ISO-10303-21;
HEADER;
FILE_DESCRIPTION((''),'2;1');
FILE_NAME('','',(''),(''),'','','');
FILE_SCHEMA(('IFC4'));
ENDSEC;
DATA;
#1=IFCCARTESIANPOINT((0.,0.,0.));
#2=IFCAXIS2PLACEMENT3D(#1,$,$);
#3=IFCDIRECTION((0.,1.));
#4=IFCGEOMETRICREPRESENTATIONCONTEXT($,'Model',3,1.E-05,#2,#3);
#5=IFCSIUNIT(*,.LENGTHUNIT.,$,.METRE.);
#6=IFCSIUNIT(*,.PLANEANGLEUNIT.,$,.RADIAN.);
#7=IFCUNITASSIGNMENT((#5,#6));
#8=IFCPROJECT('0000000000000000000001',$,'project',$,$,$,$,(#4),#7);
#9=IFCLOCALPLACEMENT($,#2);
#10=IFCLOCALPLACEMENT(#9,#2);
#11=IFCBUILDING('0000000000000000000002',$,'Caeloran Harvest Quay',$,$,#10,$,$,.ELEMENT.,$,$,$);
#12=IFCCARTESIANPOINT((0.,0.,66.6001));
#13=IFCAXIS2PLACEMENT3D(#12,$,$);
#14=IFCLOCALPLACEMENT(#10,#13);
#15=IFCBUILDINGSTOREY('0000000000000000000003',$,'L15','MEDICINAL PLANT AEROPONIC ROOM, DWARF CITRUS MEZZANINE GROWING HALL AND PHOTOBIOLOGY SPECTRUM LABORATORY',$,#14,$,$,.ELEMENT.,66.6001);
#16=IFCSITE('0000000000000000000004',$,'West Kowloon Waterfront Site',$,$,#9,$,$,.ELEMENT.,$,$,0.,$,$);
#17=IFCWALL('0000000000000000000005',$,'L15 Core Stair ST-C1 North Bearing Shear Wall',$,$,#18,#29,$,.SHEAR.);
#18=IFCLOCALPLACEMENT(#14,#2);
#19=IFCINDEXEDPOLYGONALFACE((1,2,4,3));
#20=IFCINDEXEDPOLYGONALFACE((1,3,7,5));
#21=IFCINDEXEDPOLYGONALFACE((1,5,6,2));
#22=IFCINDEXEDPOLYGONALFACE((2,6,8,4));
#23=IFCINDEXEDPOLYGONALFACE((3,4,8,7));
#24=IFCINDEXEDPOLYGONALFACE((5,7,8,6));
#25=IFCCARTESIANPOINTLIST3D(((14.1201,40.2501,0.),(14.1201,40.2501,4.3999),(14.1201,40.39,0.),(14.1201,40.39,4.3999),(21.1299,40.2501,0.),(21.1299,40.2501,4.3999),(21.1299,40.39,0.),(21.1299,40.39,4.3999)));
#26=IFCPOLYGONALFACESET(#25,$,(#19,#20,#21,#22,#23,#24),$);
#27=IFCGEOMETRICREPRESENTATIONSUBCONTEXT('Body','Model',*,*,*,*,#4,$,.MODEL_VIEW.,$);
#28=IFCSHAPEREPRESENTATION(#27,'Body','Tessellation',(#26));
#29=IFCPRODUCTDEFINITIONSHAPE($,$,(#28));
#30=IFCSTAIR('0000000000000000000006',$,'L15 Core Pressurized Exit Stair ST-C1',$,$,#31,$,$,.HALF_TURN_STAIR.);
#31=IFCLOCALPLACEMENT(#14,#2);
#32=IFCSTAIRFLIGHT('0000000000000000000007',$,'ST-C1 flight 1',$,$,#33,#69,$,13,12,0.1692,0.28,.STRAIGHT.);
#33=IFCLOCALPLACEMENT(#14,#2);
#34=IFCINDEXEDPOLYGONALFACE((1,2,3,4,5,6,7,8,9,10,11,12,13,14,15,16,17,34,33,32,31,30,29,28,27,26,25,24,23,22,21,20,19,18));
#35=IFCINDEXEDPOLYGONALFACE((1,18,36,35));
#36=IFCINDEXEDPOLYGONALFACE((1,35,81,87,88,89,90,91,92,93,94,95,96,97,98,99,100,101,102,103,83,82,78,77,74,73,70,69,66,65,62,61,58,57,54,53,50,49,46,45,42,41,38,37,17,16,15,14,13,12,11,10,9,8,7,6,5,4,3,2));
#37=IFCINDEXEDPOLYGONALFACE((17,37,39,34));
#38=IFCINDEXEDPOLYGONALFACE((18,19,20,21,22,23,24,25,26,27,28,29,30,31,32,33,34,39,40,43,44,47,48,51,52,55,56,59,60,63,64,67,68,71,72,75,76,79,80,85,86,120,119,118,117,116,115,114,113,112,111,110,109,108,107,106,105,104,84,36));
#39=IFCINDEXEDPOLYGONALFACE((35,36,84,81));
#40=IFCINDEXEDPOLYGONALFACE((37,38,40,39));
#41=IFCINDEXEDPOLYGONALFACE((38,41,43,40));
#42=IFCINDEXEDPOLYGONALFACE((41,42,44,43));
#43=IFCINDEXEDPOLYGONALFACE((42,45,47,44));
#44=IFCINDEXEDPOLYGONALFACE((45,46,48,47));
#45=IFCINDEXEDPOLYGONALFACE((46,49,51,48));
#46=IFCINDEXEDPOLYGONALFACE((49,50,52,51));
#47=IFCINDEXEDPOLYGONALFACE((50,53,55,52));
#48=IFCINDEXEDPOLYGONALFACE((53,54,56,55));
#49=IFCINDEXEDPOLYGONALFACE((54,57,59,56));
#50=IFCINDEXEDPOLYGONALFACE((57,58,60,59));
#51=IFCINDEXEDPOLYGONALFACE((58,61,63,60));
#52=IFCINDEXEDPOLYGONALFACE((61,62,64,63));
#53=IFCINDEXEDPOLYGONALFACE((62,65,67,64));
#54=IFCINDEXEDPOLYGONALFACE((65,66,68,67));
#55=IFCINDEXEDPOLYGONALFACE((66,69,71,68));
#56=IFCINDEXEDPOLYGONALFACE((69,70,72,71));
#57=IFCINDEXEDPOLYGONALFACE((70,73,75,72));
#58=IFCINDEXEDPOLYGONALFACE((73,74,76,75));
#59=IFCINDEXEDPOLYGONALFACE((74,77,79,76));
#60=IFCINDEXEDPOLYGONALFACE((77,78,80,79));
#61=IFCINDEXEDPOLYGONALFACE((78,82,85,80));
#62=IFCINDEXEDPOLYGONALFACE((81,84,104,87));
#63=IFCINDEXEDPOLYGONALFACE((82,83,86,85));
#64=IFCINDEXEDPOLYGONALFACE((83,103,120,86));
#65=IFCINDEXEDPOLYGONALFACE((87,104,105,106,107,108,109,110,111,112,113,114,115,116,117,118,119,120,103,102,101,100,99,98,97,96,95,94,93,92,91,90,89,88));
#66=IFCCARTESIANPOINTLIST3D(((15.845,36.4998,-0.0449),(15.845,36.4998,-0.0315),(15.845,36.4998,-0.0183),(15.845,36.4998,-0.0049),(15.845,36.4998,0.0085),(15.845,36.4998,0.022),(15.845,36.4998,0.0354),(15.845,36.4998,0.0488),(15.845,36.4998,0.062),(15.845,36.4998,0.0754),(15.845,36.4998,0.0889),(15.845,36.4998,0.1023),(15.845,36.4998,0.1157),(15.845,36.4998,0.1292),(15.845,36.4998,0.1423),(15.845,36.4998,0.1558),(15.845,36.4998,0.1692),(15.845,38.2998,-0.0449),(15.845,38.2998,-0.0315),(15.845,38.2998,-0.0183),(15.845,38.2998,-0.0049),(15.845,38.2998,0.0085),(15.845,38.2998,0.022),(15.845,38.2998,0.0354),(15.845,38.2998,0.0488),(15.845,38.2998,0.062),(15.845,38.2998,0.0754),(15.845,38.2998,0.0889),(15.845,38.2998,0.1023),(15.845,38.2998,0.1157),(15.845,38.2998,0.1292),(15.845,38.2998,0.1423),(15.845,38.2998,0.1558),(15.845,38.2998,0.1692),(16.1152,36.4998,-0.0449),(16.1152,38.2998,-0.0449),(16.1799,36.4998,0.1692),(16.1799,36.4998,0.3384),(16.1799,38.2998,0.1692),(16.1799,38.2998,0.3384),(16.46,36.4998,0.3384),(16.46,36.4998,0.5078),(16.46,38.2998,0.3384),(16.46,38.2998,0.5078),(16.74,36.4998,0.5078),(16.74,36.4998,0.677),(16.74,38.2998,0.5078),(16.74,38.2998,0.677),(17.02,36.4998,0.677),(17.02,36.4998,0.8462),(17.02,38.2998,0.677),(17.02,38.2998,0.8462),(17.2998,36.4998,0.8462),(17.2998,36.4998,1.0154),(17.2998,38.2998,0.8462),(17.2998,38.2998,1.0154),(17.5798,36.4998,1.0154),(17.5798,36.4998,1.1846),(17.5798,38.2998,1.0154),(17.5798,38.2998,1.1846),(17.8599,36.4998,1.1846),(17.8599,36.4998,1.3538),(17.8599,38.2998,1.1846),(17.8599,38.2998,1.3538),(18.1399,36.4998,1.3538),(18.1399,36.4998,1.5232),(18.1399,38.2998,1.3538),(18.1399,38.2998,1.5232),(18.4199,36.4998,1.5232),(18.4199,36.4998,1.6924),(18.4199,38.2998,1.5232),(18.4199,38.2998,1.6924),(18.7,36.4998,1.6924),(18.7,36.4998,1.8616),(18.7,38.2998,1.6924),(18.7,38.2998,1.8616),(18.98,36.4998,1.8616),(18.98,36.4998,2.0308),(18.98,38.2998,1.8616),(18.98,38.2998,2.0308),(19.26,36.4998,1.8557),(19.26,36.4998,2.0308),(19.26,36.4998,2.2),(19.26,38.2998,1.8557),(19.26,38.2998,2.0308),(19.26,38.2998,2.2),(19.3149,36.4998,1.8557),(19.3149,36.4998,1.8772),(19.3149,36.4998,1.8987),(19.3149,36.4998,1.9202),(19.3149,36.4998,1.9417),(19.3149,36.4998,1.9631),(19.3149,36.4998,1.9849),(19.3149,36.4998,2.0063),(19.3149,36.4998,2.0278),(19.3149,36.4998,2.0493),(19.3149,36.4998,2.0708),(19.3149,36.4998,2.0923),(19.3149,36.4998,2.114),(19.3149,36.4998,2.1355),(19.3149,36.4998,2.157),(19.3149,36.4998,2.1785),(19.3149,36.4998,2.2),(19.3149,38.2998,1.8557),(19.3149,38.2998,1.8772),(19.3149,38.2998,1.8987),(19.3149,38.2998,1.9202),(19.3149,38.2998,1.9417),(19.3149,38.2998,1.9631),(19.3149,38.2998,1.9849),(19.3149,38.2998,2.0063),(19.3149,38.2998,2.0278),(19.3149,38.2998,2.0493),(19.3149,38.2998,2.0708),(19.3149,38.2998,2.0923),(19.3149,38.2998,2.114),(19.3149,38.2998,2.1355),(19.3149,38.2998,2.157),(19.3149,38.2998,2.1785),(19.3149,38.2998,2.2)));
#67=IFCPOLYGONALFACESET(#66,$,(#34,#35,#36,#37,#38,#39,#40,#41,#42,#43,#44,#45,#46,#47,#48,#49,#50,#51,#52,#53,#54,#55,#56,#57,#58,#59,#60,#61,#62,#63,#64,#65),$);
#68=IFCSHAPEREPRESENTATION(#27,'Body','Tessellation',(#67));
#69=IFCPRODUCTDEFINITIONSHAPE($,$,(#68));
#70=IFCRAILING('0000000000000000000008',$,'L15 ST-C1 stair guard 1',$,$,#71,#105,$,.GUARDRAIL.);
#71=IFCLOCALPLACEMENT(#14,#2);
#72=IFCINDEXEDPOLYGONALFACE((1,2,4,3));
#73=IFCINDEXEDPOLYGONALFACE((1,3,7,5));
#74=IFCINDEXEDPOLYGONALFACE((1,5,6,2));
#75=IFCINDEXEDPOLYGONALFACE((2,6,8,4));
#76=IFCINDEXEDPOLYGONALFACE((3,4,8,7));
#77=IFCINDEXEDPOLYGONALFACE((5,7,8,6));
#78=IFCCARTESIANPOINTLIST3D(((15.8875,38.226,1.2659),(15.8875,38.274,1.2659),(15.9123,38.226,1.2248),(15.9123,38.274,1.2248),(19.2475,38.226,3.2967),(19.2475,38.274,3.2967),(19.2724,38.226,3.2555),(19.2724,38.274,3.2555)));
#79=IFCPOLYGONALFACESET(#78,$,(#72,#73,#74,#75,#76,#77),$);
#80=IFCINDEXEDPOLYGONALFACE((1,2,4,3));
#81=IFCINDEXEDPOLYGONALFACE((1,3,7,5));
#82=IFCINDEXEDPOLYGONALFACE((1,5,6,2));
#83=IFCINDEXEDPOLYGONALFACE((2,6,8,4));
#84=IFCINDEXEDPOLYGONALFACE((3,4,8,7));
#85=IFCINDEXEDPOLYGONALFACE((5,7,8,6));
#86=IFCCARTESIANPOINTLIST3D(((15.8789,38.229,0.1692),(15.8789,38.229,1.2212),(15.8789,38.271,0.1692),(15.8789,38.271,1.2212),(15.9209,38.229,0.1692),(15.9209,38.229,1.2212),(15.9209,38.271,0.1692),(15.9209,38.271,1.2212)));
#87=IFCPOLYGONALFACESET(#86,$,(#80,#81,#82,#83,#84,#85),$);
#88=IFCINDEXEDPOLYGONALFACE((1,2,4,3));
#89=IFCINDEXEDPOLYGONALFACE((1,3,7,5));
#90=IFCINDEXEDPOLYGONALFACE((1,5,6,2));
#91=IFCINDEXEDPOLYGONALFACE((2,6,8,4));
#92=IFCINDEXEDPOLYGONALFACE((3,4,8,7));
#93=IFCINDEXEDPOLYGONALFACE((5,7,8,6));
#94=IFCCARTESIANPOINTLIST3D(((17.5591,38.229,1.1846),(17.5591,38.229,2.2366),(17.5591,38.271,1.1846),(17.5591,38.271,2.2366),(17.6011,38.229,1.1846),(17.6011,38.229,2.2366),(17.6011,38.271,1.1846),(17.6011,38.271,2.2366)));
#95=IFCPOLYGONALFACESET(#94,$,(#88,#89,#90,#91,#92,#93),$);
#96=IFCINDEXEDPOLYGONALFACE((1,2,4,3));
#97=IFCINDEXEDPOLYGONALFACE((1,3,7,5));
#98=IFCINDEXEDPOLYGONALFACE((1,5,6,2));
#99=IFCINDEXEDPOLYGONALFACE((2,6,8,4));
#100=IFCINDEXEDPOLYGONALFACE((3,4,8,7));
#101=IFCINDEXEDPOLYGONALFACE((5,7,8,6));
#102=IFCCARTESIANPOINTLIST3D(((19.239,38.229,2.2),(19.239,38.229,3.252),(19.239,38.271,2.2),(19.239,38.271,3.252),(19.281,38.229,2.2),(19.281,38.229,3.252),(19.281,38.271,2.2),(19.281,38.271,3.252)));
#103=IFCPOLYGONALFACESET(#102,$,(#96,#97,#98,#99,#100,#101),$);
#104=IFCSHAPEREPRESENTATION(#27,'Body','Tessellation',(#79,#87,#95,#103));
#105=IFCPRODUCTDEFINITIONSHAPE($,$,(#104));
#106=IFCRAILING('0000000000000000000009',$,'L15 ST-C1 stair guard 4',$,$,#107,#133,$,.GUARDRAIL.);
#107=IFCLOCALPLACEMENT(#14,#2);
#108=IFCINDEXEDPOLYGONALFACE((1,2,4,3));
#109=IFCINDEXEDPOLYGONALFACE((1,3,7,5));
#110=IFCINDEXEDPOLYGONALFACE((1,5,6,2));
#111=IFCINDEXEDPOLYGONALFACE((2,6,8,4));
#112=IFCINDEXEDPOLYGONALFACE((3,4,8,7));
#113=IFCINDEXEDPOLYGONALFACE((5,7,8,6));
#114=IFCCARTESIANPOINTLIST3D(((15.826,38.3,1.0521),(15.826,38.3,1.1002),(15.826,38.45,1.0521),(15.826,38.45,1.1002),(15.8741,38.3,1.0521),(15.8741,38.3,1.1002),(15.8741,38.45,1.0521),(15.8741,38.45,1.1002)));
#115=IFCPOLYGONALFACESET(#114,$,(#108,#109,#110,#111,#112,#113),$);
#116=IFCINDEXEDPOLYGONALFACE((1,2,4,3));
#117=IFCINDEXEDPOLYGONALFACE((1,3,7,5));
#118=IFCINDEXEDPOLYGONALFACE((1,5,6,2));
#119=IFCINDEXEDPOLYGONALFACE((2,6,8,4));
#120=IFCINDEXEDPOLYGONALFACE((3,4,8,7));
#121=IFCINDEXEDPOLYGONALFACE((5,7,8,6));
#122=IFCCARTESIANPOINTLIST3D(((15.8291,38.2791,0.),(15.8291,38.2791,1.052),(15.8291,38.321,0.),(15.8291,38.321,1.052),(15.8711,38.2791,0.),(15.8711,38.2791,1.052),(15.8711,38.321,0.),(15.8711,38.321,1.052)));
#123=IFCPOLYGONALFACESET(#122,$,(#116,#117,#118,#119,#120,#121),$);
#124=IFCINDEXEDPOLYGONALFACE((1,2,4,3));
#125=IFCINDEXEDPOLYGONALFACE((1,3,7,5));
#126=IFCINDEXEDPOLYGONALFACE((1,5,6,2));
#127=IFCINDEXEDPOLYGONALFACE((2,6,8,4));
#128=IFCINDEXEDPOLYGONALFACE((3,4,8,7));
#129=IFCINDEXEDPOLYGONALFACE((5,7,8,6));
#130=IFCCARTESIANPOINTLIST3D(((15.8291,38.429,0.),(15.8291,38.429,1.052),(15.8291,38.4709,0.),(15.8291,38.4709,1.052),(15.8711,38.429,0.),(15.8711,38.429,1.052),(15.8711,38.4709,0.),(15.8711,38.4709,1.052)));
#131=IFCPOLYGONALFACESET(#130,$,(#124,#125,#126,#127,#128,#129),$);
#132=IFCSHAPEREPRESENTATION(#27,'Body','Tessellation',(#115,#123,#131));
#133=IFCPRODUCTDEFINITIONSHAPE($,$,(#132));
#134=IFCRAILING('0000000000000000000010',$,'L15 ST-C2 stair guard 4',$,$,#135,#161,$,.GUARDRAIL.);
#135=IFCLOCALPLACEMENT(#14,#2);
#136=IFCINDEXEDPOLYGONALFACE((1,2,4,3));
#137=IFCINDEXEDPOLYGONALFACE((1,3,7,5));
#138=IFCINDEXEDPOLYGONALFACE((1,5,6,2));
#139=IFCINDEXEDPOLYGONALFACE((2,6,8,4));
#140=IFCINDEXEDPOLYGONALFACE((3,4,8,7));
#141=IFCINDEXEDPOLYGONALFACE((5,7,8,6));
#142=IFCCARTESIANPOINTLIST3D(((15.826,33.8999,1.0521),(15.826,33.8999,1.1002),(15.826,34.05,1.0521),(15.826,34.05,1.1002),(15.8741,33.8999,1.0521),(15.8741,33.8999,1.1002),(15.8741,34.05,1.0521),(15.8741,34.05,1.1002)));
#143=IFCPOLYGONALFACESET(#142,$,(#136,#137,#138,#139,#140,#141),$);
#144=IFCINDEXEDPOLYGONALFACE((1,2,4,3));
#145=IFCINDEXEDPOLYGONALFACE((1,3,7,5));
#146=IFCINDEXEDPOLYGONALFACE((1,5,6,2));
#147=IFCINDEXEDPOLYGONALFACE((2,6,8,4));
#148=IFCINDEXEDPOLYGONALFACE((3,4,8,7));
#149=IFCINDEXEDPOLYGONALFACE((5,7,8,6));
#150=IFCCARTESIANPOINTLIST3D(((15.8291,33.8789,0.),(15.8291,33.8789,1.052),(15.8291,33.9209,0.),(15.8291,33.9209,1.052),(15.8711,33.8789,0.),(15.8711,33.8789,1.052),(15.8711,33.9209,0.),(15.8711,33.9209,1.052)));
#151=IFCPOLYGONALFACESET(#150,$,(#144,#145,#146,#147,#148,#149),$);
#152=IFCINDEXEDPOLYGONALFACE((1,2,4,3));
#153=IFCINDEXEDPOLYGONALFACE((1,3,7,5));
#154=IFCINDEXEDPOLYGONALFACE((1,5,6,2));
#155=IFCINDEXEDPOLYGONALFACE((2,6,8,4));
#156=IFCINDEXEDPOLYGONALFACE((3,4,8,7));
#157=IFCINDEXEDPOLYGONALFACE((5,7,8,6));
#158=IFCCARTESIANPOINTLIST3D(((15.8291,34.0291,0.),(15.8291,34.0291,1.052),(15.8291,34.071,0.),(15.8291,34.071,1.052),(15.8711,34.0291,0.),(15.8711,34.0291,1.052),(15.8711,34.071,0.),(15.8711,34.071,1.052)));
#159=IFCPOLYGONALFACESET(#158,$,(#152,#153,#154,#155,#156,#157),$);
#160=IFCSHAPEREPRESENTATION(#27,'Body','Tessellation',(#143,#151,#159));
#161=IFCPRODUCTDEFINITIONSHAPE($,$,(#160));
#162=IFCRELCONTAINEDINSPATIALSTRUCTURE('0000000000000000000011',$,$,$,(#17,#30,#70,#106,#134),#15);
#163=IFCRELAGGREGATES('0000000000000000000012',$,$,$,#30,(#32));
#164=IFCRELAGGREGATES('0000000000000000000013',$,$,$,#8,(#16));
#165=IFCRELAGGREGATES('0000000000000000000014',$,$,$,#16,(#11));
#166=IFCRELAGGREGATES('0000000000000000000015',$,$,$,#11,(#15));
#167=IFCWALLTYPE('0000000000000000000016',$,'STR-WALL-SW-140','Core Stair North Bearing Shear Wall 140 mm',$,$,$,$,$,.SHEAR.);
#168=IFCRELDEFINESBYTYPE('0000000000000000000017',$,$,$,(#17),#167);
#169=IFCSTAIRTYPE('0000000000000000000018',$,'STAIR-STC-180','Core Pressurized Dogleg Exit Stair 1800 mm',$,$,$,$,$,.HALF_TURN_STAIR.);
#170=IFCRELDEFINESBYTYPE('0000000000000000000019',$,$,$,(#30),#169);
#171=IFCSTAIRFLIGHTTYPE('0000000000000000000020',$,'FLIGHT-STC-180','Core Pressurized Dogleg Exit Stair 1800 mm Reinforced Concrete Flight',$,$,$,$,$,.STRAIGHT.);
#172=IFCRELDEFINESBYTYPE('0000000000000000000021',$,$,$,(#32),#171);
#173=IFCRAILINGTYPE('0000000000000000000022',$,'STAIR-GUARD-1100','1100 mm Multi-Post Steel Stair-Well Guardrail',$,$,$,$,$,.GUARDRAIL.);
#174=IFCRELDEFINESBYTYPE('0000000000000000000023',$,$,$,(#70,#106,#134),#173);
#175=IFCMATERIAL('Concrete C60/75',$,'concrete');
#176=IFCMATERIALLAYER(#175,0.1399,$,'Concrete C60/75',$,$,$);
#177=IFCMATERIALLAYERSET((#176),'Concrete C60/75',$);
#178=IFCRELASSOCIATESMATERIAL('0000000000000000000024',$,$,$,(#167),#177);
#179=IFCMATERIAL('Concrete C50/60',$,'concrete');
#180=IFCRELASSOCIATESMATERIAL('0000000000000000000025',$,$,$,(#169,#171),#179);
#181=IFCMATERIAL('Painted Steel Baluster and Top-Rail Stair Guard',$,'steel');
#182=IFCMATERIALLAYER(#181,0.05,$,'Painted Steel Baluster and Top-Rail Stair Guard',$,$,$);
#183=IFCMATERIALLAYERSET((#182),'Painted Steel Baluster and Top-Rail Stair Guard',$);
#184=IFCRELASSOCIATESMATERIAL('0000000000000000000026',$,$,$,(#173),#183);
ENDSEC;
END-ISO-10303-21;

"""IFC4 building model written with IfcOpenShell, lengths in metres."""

from ifc_helpers import new_model, si_unit, direction, frame, frame_2d, origin, origin_2d, place, context, subcontext, project, spatial, polyline, rectangle, outline, extrude, material, layer, layer_set, type_object, element, aggregate, save


model = new_model("IFC4")

# Units and contexts
model_context = context("Model", 3, precision=1e-05, world=origin(), true_north=direction((0.0, 1.0)))
body_context = subcontext(model_context, "Body", "Model", "MODEL_VIEW")
ifc_project = project(units=[si_unit("LENGTHUNIT", "METRE"), si_unit("PLANEANGLEUNIT", "RADIAN")], contexts=[model_context])

# Site, building, storey
site_placement = place(None, origin())
site = spatial("IfcSite", under=ifc_project, at=site_placement, Name="West Kowloon Waterfront Site", CompositionType="ELEMENT", RefElevation=0.0)
building_placement = place(site_placement, origin())
building = spatial("IfcBuilding", under=site, at=building_placement, Name="Caeloran Harvest Quay", CompositionType="ELEMENT")
storey_placement = place(building_placement, frame((0.0, 0.0, 66.6001)))
storey = spatial("IfcBuildingStorey", under=building, at=storey_placement, Name="L15", Description="MEDICINAL PLANT AEROPONIC ROOM, DWARF CITRUS MEZZANINE GROWING HALL AND PHOTOBIOLOGY SPECTRUM LABORATORY", CompositionType="ELEMENT", Elevation=66.6001)

# Shared definitions
ifc_material_1 = material(Name="Concrete C50/60", Category="concrete")

# Wall
ifc_material_2 = material(Name="Concrete C60/75", Category="concrete")
ifc_layer_1 = layer(ifc_material_2, 0.1399, Name="Concrete C60/75")
ifc_layer_set_1 = layer_set([ifc_layer_1], Name="Concrete C60/75")
wall_type_1 = type_object("IfcWallType", Name="STR-WALL-SW-140", Description="Core Stair North Bearing Shear Wall 140 mm", PredefinedType="SHEAR", material=ifc_layer_set_1)
wall_1_placement = place(storey_placement, frame((14.1201, 40.3201, 0.0), z_axis=(0.0, 0.0, 1.0), x_axis=(1.0, 0.0, 0.0)))
element("IfcWall", 1, at=wall_1_placement, inside=storey, type_object=wall_type_1, Name="L15 Core Stair ST-C1 North Bearing Shear Wall", PredefinedType="SHEAR", context=body_context, shape_type="SweptSolid", body=[
    extrude(rectangle(XDim=7.0098, YDim=0.1399, at=frame_2d((3.5049, 0.0))), origin(), (0.0, 0.0, 1.0), 4.3999),
])

# Stair, stair flight
stair_type = type_object("IfcStairType", Name="STAIR-STC-180", Description="Core Pressurized Dogleg Exit Stair 1800 mm", PredefinedType="HALF_TURN_STAIR", material=ifc_material_1)
stair_placement = place(storey_placement, origin())
stair = element("IfcStair", 2, at=stair_placement, inside=storey, type_object=stair_type, Name="L15 Core Pressurized Exit Stair ST-C1", PredefinedType="HALF_TURN_STAIR")
stair_flight_type = type_object("IfcStairFlightType", Name="FLIGHT-STC-180", Description="Core Pressurized Dogleg Exit Stair 1800 mm Reinforced Concrete Flight", PredefinedType="STRAIGHT", material=ifc_material_1)
stair_flight_placement = place(storey_placement, frame((15.8999, 37.3999, 0.0), z_axis=(0.0, 0.0, 1.0), x_axis=(1.0, 0.0, 0.0)))
stair_flight = element("IfcStairFlight", 3, at=stair_flight_placement, type_object=stair_flight_type, Name="ST-C1 flight 1", NumberOfRisers=13, NumberOfTreads=12, PredefinedType="STRAIGHT", RiserHeight=0.1692, TreadLength=0.28, context=body_context, shape_type="SweptSolid", body=[
    extrude(outline(polyline([(-0.0549, -0.0449), (-0.0549, -0.0315), (-0.0549, -0.0183), (-0.0549, -0.0049), (-0.0549, 0.0085), (-0.0549, 0.022), (-0.0549, 0.0354), (-0.0549, 0.0488), (-0.0549, 0.062), (-0.0549, 0.0754), (-0.0549, 0.0889), (-0.0549, 0.1023), (-0.0549, 0.1157), (-0.0549, 0.1292), (-0.0549, 0.1423), (-0.0549, 0.1558), (-0.0549, 0.1692), (0.28, 0.1692), (0.28, 0.3384), (0.5601, 0.3384), (0.5601, 0.5078), (0.8401, 0.5078), (0.8401, 0.677), (1.1201, 0.677), (1.1201, 0.8462), (1.3999, 0.8462), (1.3999, 1.0154), (1.6799, 1.0154), (1.6799, 1.1846), (1.96, 1.1846), (1.96, 1.3538), (2.24, 1.3538), (2.24, 1.5232), (2.52, 1.5232), (2.52, 1.6924), (2.8, 1.6924), (2.8, 1.8616), (3.0801, 1.8616), (3.0801, 2.0308), (3.3601, 2.0308), (3.3601, 2.2), (3.415, 2.2), (3.415, 2.1785), (3.415, 2.157), (3.415, 2.1355), (3.415, 2.114), (3.415, 2.0923), (3.415, 2.0708), (3.415, 2.0493), (3.415, 2.0278), (3.415, 2.0063), (3.415, 1.9849), (3.415, 1.9631), (3.415, 1.9417), (3.415, 1.9202), (3.415, 1.8987), (3.415, 1.8772), (3.415, 1.8557), (3.3601, 1.8557), (0.2153, -0.0449), (-0.0549, -0.0449)])), frame((0.0, 0.8999, 0.0), z_axis=(0.0, -1.0, 0.0), x_axis=(1.0, 0.0, 0.0)), (0.0, 0.0, 1.0), 1.8),
])
aggregate(stair, [stair_flight])

# Railings
ifc_material_3 = material(Name="Painted Steel Baluster and Top-Rail Stair Guard", Category="steel")
ifc_layer_2 = layer(ifc_material_3, 0.05, Name="Painted Steel Baluster and Top-Rail Stair Guard")
ifc_layer_set_2 = layer_set([ifc_layer_2], Name="Painted Steel Baluster and Top-Rail Stair Guard")
railing_type_1 = type_object("IfcRailingType", Name="STAIR-GUARD-1100", Description="1100 mm Multi-Post Steel Stair-Well Guardrail", PredefinedType="GUARDRAIL", material=ifc_layer_set_2)
railing_1_placement = place(storey_placement, frame((15.8999, 38.25, 0.1692)))
element("IfcRailing", 4, at=railing_1_placement, inside=storey, type_object=railing_type_1, Name="L15 ST-C1 stair guard 1", PredefinedType="GUARDRAIL", context=body_context, shape_type="SweptSolid", body=[
    extrude(rectangle(XDim=0.0481, YDim=0.0481, at=origin_2d()), frame((0.0, 0.0, 1.0762), z_axis=(0.855837, 0.0, 0.517246), x_axis=(0.0, 1.0, 0.0)), (0.0, 0.0, 1.0), 3.926),
    extrude(rectangle(XDim=0.042, YDim=0.042, at=origin_2d()), origin(), (0.0, 0.0, 1.0), 1.052),
    extrude(rectangle(XDim=0.042, YDim=0.042, at=origin_2d()), frame((1.6802, 0.0, 1.0154)), (0.0, 0.0, 1.0), 1.052),
    extrude(rectangle(XDim=0.042, YDim=0.042, at=origin_2d()), frame((3.3601, 0.0, 2.0308)), (0.0, 0.0, 1.0), 1.052),
])
railing_2_placement = place(storey_placement, frame((15.8501, 38.3, 0.0)))
element("IfcRailing", 5, at=railing_2_placement, inside=storey, type_object=railing_type_1, Name="L15 ST-C1 stair guard 4", PredefinedType="GUARDRAIL", context=body_context, shape_type="SweptSolid", body=[
    extrude(rectangle(XDim=0.0481, YDim=0.0481, at=origin_2d()), frame((0.0, 0.0, 1.0762), z_axis=(0.0, 1.0, 0.0), x_axis=(-1.0, 0.0, 0.0)), (0.0, 0.0, 1.0), 0.1499),
    extrude(rectangle(XDim=0.042, YDim=0.042, at=origin_2d()), origin(), (0.0, 0.0, 1.0), 1.052),
    extrude(rectangle(XDim=0.042, YDim=0.042, at=origin_2d()), frame((0.0, 0.1499, 0.0)), (0.0, 0.0, 1.0), 1.052),
])
railing_3_placement = place(storey_placement, frame((15.8501, 33.8999, 0.0)))
element("IfcRailing", 6, at=railing_3_placement, inside=storey, type_object=railing_type_1, Name="L15 ST-C2 stair guard 4", PredefinedType="GUARDRAIL", context=body_context, shape_type="SweptSolid", body=[
    extrude(rectangle(XDim=0.0481, YDim=0.0481, at=origin_2d()), frame((0.0, 0.0, 1.0762), z_axis=(0.0, 1.0, 0.0), x_axis=(-1.0, 0.0, 0.0)), (0.0, 0.0, 1.0), 0.1501),
    extrude(rectangle(XDim=0.042, YDim=0.042, at=origin_2d()), origin(), (0.0, 0.0, 1.0), 1.052),
    extrude(rectangle(XDim=0.042, YDim=0.042, at=origin_2d()), frame((0.0, 0.1501, 0.0)), (0.0, 0.0, 1.0), 1.052),
])

save(model, "model.ifc")
